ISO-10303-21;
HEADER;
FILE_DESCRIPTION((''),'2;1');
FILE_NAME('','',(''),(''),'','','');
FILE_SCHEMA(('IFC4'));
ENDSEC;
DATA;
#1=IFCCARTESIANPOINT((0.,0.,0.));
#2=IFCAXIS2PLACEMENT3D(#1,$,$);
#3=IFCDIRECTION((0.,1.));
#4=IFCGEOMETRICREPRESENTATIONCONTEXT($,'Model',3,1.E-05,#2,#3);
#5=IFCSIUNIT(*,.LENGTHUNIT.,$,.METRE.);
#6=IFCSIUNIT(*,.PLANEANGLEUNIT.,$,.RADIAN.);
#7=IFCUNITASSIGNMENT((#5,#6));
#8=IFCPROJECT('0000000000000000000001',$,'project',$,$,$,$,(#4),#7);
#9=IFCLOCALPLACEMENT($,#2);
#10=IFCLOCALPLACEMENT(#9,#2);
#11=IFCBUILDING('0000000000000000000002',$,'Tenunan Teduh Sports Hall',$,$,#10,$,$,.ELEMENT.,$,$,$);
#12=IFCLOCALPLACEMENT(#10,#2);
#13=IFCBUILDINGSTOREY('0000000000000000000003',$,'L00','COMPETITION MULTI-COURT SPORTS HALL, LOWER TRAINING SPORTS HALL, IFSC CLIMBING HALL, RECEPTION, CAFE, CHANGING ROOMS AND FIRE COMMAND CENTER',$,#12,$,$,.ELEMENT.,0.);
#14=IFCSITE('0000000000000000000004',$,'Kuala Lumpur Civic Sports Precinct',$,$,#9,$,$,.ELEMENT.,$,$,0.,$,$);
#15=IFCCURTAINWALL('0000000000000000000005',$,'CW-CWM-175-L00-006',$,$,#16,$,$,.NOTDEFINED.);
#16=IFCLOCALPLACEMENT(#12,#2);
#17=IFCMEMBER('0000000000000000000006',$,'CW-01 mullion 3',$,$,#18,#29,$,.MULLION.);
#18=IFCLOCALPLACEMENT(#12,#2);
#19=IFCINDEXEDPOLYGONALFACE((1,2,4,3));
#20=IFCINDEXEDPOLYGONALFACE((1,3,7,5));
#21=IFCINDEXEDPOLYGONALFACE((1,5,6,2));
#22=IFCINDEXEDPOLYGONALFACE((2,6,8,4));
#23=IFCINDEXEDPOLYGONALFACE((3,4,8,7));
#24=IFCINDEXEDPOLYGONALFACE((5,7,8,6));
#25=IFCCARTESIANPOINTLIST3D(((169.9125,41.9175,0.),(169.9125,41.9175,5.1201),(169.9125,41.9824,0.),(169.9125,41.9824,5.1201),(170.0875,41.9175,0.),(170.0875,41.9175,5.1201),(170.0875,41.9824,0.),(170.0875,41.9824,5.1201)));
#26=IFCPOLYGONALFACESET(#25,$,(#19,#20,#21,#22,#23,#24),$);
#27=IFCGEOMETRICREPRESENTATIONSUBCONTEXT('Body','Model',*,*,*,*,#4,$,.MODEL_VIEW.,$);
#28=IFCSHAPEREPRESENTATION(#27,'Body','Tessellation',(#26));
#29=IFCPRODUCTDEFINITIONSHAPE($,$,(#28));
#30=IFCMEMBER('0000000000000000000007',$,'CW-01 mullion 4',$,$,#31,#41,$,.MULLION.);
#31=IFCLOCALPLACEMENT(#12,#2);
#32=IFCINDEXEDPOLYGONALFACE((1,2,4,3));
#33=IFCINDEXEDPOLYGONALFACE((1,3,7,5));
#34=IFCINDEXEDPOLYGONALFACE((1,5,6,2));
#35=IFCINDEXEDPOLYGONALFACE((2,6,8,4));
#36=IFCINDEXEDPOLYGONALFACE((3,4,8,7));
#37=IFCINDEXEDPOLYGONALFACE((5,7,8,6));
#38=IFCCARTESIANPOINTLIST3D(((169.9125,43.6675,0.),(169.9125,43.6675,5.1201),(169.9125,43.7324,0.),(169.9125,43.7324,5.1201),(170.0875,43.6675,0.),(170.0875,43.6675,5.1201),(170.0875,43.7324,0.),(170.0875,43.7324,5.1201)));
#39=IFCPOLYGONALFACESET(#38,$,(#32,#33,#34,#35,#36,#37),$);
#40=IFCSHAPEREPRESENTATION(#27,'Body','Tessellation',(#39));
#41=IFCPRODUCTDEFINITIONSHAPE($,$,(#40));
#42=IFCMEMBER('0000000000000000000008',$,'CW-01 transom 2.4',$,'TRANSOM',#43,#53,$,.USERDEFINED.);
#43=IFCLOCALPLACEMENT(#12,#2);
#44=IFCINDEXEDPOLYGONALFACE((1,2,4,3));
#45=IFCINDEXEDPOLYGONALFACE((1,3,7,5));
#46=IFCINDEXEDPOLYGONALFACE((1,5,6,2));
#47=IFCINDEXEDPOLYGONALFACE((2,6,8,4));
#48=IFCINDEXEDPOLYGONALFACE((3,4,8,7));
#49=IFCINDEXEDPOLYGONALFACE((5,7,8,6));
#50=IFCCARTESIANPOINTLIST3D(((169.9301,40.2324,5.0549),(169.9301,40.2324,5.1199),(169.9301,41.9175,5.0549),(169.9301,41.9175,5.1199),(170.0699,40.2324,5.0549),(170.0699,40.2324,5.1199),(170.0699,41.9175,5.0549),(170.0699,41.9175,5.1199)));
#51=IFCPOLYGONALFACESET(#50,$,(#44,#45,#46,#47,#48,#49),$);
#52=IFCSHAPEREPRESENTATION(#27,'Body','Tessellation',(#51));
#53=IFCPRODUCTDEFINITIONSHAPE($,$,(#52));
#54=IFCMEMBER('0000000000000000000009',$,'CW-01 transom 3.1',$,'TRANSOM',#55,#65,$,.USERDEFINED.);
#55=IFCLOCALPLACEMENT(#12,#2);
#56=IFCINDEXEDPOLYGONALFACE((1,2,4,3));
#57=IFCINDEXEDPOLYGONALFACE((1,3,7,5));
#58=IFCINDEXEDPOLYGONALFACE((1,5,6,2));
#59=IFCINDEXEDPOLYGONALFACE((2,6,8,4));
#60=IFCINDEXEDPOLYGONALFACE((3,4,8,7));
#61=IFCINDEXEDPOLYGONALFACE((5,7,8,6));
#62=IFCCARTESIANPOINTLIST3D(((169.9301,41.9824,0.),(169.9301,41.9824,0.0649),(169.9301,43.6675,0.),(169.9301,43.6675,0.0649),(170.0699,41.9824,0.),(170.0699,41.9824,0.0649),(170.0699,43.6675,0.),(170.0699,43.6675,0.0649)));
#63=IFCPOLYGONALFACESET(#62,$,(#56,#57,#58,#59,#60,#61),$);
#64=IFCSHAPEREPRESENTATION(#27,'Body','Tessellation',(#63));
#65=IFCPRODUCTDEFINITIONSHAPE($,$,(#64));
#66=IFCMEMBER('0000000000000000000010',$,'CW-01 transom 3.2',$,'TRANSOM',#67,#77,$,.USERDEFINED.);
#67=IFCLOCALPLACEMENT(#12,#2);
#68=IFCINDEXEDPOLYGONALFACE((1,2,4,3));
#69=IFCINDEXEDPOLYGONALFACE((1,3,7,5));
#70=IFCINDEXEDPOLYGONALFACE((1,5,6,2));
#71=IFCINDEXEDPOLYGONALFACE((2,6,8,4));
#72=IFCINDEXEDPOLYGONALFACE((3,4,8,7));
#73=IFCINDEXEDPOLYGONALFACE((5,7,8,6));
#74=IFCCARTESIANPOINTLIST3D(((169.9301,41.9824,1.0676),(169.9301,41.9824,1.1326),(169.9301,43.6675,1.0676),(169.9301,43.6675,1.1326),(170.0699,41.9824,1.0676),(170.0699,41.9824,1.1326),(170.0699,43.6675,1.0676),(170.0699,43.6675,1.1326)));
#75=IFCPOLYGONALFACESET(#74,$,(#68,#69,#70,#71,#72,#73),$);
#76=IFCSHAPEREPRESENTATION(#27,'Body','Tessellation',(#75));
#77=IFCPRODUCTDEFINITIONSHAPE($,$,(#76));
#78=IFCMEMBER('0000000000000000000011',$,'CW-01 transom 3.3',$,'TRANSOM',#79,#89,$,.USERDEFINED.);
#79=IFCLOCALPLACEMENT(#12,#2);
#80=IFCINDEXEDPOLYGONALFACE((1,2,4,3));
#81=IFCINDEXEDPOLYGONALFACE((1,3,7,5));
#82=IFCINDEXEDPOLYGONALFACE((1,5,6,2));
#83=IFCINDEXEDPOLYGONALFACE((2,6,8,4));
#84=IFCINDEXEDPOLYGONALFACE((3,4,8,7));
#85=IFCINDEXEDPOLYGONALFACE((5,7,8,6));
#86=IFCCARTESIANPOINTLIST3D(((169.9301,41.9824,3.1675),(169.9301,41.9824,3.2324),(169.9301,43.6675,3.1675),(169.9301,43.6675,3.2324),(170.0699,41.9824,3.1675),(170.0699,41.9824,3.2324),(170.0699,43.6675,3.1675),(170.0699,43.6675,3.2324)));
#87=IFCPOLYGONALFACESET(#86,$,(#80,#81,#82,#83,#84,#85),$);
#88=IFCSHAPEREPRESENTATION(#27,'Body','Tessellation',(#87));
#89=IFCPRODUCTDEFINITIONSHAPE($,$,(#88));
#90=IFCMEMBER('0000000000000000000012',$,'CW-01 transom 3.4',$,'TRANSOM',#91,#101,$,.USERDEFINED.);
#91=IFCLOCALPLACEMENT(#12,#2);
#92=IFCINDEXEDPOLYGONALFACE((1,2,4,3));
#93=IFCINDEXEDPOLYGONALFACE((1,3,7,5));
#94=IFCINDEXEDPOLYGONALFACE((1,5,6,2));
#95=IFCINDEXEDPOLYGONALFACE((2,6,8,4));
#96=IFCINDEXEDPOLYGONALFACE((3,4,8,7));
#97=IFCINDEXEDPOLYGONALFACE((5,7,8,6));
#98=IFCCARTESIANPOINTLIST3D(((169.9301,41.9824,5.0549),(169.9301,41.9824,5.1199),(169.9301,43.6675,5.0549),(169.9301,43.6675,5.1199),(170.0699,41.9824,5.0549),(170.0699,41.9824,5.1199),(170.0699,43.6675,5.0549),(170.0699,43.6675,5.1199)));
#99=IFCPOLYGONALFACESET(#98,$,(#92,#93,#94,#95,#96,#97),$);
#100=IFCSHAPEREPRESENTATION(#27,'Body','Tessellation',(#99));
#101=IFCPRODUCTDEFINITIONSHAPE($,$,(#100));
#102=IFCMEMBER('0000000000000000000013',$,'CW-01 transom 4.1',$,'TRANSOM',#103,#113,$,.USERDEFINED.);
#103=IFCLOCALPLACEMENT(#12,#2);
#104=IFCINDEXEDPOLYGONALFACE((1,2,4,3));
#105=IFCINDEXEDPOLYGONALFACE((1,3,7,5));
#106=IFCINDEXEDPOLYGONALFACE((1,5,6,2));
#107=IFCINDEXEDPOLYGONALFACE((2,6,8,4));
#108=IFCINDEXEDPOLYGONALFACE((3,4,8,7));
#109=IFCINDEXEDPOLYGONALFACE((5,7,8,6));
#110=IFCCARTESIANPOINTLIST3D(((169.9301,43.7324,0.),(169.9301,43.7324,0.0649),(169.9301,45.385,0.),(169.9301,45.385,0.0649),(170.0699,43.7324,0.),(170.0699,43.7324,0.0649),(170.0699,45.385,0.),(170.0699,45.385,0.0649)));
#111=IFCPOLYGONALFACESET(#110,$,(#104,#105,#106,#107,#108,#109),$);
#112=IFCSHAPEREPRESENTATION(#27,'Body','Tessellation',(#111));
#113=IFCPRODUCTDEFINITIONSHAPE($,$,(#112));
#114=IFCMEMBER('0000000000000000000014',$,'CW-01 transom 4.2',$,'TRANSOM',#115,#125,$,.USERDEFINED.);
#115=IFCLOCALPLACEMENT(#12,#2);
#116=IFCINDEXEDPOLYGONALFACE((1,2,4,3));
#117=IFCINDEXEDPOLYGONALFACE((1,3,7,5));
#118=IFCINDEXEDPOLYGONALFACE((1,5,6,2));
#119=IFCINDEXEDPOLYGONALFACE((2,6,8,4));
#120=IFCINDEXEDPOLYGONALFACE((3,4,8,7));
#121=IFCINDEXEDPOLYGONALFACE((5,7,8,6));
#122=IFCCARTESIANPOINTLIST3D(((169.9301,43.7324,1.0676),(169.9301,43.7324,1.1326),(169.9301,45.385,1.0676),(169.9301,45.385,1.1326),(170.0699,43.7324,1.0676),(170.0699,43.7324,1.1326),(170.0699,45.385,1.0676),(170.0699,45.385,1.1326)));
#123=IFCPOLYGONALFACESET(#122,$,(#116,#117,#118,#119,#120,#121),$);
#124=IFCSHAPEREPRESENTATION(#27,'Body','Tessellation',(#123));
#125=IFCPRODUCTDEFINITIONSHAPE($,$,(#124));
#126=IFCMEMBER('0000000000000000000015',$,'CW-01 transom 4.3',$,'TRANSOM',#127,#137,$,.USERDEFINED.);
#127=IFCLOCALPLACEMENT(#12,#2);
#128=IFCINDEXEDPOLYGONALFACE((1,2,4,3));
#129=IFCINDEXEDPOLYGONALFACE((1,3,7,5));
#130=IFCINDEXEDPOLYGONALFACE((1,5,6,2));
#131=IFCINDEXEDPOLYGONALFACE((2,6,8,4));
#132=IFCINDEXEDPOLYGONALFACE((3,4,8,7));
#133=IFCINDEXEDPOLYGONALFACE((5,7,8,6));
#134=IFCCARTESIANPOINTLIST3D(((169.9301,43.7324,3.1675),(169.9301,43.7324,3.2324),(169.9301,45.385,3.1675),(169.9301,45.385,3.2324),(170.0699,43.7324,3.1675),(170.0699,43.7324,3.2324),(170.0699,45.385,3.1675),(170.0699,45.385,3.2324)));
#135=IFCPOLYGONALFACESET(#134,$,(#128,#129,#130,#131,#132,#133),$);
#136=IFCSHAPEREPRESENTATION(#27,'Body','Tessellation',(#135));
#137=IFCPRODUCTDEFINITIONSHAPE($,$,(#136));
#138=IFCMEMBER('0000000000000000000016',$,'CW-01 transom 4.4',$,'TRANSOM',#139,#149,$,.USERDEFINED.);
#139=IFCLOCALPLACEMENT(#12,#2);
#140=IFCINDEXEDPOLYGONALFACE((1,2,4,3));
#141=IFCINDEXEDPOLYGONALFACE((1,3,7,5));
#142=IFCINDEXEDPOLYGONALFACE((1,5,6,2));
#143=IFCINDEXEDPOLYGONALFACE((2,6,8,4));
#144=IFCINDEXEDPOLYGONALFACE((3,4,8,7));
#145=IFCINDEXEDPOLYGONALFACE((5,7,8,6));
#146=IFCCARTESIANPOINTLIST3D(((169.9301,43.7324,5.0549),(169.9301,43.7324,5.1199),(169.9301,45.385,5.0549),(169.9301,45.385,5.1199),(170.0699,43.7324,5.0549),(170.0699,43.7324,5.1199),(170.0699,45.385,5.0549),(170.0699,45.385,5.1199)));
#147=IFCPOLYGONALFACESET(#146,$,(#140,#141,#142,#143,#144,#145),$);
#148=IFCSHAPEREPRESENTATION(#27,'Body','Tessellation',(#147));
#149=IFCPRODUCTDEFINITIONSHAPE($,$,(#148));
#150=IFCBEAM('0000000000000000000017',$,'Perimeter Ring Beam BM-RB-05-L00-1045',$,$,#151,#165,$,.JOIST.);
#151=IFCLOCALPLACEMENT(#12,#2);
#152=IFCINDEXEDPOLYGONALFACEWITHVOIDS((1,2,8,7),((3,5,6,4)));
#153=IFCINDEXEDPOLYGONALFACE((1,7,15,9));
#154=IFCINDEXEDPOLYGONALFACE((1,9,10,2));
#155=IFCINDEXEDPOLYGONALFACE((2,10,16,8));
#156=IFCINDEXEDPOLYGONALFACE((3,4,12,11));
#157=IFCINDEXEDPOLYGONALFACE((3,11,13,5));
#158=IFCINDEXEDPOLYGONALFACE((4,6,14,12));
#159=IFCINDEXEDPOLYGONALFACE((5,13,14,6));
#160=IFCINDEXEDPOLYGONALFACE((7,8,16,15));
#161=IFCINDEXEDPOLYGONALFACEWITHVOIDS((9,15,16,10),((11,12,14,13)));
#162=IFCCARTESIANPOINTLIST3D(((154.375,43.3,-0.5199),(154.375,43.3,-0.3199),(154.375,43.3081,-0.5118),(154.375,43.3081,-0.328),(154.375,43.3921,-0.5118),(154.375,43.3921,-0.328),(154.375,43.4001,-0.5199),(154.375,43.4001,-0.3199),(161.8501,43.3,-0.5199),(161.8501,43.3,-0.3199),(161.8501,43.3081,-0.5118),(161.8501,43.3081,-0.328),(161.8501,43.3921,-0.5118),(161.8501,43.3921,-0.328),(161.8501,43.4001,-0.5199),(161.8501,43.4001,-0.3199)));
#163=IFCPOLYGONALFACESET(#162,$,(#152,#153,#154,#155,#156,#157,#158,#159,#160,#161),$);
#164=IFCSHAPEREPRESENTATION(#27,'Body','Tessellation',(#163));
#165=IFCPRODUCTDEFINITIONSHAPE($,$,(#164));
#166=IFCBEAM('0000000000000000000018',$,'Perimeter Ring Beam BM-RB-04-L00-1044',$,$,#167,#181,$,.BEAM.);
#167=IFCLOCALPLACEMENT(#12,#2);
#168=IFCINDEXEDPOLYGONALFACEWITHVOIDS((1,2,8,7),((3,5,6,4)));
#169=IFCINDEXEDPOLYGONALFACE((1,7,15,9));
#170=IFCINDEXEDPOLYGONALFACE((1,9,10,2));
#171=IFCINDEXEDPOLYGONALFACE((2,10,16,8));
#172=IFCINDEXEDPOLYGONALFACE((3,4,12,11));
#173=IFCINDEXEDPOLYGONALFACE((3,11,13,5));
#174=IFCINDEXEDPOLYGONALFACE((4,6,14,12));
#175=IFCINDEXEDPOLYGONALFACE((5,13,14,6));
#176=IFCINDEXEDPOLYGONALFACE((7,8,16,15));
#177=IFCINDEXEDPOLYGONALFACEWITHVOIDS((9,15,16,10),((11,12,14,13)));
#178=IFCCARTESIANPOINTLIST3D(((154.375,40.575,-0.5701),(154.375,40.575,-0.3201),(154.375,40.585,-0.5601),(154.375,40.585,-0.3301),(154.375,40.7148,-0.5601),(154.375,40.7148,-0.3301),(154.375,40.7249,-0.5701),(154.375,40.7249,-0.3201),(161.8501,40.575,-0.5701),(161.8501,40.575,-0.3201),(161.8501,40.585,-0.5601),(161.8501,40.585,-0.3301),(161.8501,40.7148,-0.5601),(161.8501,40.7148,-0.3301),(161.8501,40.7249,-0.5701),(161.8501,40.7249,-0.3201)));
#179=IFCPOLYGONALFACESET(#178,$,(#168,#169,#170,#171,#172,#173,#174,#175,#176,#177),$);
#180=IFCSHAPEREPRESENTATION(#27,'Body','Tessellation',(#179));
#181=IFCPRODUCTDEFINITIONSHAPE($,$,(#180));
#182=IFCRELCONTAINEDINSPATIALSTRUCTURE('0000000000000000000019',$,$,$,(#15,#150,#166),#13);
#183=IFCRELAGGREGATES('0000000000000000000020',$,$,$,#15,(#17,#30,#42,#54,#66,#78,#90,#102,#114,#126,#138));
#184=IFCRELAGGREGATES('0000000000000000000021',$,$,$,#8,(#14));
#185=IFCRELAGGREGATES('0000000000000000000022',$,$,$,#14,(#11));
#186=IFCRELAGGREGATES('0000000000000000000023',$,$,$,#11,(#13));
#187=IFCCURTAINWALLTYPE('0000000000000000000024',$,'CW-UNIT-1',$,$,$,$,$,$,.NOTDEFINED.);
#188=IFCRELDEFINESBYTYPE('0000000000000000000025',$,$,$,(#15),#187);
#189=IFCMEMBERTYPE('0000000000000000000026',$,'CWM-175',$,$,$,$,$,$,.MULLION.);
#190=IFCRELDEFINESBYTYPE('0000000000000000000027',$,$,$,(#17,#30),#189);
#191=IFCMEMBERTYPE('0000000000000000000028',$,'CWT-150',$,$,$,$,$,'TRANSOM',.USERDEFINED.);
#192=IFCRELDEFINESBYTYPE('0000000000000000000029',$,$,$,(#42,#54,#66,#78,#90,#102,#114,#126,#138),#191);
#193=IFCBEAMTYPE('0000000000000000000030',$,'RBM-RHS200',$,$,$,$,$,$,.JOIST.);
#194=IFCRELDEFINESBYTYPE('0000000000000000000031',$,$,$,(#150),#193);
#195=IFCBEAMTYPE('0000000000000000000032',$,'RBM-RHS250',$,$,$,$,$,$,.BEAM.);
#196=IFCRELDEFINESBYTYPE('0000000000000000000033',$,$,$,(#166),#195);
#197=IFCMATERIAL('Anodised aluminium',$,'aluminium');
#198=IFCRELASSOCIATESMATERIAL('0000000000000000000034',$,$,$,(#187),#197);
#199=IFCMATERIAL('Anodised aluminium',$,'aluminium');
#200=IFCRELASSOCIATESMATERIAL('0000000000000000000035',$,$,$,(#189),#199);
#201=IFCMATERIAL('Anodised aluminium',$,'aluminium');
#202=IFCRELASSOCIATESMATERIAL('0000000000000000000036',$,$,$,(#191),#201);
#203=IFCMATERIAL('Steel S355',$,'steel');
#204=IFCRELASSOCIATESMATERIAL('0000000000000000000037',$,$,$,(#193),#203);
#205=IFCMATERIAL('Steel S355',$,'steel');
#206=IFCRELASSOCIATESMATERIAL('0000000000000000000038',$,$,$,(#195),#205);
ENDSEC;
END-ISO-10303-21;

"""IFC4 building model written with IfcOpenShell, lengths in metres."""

from ifc_helpers import new_model, si_unit, direction, frame, origin, origin_2d, place, context, subcontext, project, spatial, rectangle, hollow_rectangle, extrude, material, material_profile, profile_set, type_object, element, aggregate, save


model = new_model("IFC4")

# Units and contexts
model_context = context("Model", 3, precision=1e-05, world=origin(), true_north=direction((0.0, 1.0)))
body_context = subcontext(model_context, "Body", "Model", "MODEL_VIEW")
ifc_project = project(units=[si_unit("LENGTHUNIT", "METRE"), si_unit("PLANEANGLEUNIT", "RADIAN")], contexts=[model_context])

# Site, building, storey
site_placement = place(None, origin())
site = spatial("IfcSite", under=ifc_project, at=site_placement, Name="Kuala Lumpur Civic Sports Precinct", CompositionType="ELEMENT", RefElevation=0.0)
building_placement = place(site_placement, origin())
building = spatial("IfcBuilding", under=site, at=building_placement, Name="Tenunan Teduh Sports Hall", CompositionType="ELEMENT")
storey_placement = place(building_placement, origin())
storey = spatial("IfcBuildingStorey", under=building, at=storey_placement, Name="L00", Description="COMPETITION MULTI-COURT SPORTS HALL, LOWER TRAINING SPORTS HALL, IFSC CLIMBING HALL, RECEPTION, CAFE, CHANGING ROOMS AND FIRE COMMAND CENTER", CompositionType="ELEMENT", Elevation=0.0)

# Curtain wall, members
ifc_material_1 = material(Name="Anodised aluminium", Category="aluminium")
curtain_wall_type = type_object("IfcCurtainWallType", Name="CW-UNIT-1", PredefinedType="NOTDEFINED", material=ifc_material_1)
curtain_wall_placement = place(storey_placement, origin())
curtain_wall = element("IfcCurtainWall", 1, at=curtain_wall_placement, inside=storey, type_object=curtain_wall_type, Name="CW-CWM-175-L00-006", PredefinedType="NOTDEFINED")
ifc_material_2 = material(Name="Anodised aluminium", Category="aluminium")
ifc_material_profile_1 = material_profile(ifc_material_2, rectangle(XDim=0.0649, YDim=0.175, at=origin_2d()), Name="CWM 65x175")
ifc_profile_set_1 = profile_set([ifc_material_profile_1], Name="Anodised aluminium")
member_type_1 = type_object("IfcMemberType", Name="CWM-175", PredefinedType="MULLION", material=ifc_profile_set_1)
member_1_placement = place(storey_placement, frame((170.0, 41.95, 0.0), z_axis=(0.0, 0.0, 1.0), x_axis=(0.0, 1.0, 0.0)))
member_1 = element("IfcMember", 2, at=member_1_placement, type_object=member_type_1, Name="CW-01 mullion 3", PredefinedType="MULLION", context=body_context, shape_type="SweptSolid", body=[
    extrude(rectangle(XDim=0.0649, YDim=0.175, at=origin_2d()), origin(), (0.0, 0.0, 1.0), 5.1201),
])
member_2_placement = place(storey_placement, frame((170.0, 43.7, 0.0), z_axis=(0.0, 0.0, 1.0), x_axis=(0.0, 1.0, 0.0)))
member_2 = element("IfcMember", 3, at=member_2_placement, type_object=member_type_1, Name="CW-01 mullion 4", PredefinedType="MULLION", context=body_context, shape_type="SweptSolid", body=[
    extrude(rectangle(XDim=0.0649, YDim=0.175, at=origin_2d()), origin(), (0.0, 0.0, 1.0), 5.1201),
])
ifc_material_3 = material(Name="Anodised aluminium", Category="aluminium")
ifc_material_profile_2 = material_profile(ifc_material_3, rectangle(XDim=0.0649, YDim=0.1399, at=origin_2d()), Name="CWT 65x140")
ifc_profile_set_2 = profile_set([ifc_material_profile_2], Name="Anodised aluminium")
member_type_2 = type_object("IfcMemberType", Name="CWT-150", ElementType="TRANSOM", PredefinedType="USERDEFINED", material=ifc_profile_set_2)
member_3_placement = place(storey_placement, frame((170.0, 40.2324, 5.0874), z_axis=(0.0, 1.0, 0.0), x_axis=(0.0, 0.0, 1.0)))
member_3 = element("IfcMember", 4, at=member_3_placement, type_object=member_type_2, Name="CW-01 transom 2.4", ObjectType="TRANSOM", PredefinedType="USERDEFINED", context=body_context, shape_type="SweptSolid", body=[
    extrude(rectangle(XDim=0.0649, YDim=0.1399, at=origin_2d()), origin(), (0.0, 0.0, 1.0), 1.6851),
])
member_4_placement = place(storey_placement, frame((170.0, 41.9824, 0.0325), z_axis=(0.0, 1.0, 0.0), x_axis=(0.0, 0.0, 1.0)))
member_4 = element("IfcMember", 5, at=member_4_placement, type_object=member_type_2, Name="CW-01 transom 3.1", ObjectType="TRANSOM", PredefinedType="USERDEFINED", context=body_context, shape_type="SweptSolid", body=[
    extrude(rectangle(XDim=0.0649, YDim=0.1399, at=origin_2d()), origin(), (0.0, 0.0, 1.0), 1.6851),
])
member_5_placement = place(storey_placement, frame((170.0, 41.9824, 1.1001), z_axis=(0.0, 1.0, 0.0), x_axis=(0.0, 0.0, 1.0)))
member_5 = element("IfcMember", 6, at=member_5_placement, type_object=member_type_2, Name="CW-01 transom 3.2", ObjectType="TRANSOM", PredefinedType="USERDEFINED", context=body_context, shape_type="SweptSolid", body=[
    extrude(rectangle(XDim=0.0649, YDim=0.1399, at=origin_2d()), origin(), (0.0, 0.0, 1.0), 1.6851),
])
member_6_placement = place(storey_placement, frame((170.0, 41.9824, 3.2), z_axis=(0.0, 1.0, 0.0), x_axis=(0.0, 0.0, 1.0)))
member_6 = element("IfcMember", 7, at=member_6_placement, type_object=member_type_2, Name="CW-01 transom 3.3", ObjectType="TRANSOM", PredefinedType="USERDEFINED", context=body_context, shape_type="SweptSolid", body=[
    extrude(rectangle(XDim=0.0649, YDim=0.1399, at=origin_2d()), origin(), (0.0, 0.0, 1.0), 1.6851),
])
member_7_placement = place(storey_placement, frame((170.0, 41.9824, 5.0874), z_axis=(0.0, 1.0, 0.0), x_axis=(0.0, 0.0, 1.0)))
member_7 = element("IfcMember", 8, at=member_7_placement, type_object=member_type_2, Name="CW-01 transom 3.4", ObjectType="TRANSOM", PredefinedType="USERDEFINED", context=body_context, shape_type="SweptSolid", body=[
    extrude(rectangle(XDim=0.0649, YDim=0.1399, at=origin_2d()), origin(), (0.0, 0.0, 1.0), 1.6851),
])
member_8_placement = place(storey_placement, frame((170.0, 43.7324, 0.0325), z_axis=(0.0, 1.0, 0.0), x_axis=(0.0, 0.0, 1.0)))
member_8 = element("IfcMember", 9, at=member_8_placement, type_object=member_type_2, Name="CW-01 transom 4.1", ObjectType="TRANSOM", PredefinedType="USERDEFINED", context=body_context, shape_type="SweptSolid", body=[
    extrude(rectangle(XDim=0.0649, YDim=0.1399, at=origin_2d()), origin(), (0.0, 0.0, 1.0), 1.6526),
])
member_9_placement = place(storey_placement, frame((170.0, 43.7324, 1.1001), z_axis=(0.0, 1.0, 0.0), x_axis=(0.0, 0.0, 1.0)))
member_9 = element("IfcMember", 10, at=member_9_placement, type_object=member_type_2, Name="CW-01 transom 4.2", ObjectType="TRANSOM", PredefinedType="USERDEFINED", context=body_context, shape_type="SweptSolid", body=[
    extrude(rectangle(XDim=0.0649, YDim=0.1399, at=origin_2d()), origin(), (0.0, 0.0, 1.0), 1.6526),
])
member_10_placement = place(storey_placement, frame((170.0, 43.7324, 3.2), z_axis=(0.0, 1.0, 0.0), x_axis=(0.0, 0.0, 1.0)))
member_10 = element("IfcMember", 11, at=member_10_placement, type_object=member_type_2, Name="CW-01 transom 4.3", ObjectType="TRANSOM", PredefinedType="USERDEFINED", context=body_context, shape_type="SweptSolid", body=[
    extrude(rectangle(XDim=0.0649, YDim=0.1399, at=origin_2d()), origin(), (0.0, 0.0, 1.0), 1.6526),
])
member_11_placement = place(storey_placement, frame((170.0, 43.7324, 5.0874), z_axis=(0.0, 1.0, 0.0), x_axis=(0.0, 0.0, 1.0)))
member_11 = element("IfcMember", 12, at=member_11_placement, type_object=member_type_2, Name="CW-01 transom 4.4", ObjectType="TRANSOM", PredefinedType="USERDEFINED", context=body_context, shape_type="SweptSolid", body=[
    extrude(rectangle(XDim=0.0649, YDim=0.1399, at=origin_2d()), origin(), (0.0, 0.0, 1.0), 1.6526),
])

# Beams
ifc_material_4 = material(Name="Steel S355", Category="steel")
ifc_material_profile_3 = material_profile(ifc_material_4, hollow_rectangle(XDim=0.1001, YDim=0.2, WallThickness=0.0081, at=origin_2d()), Name="RHS 200x100x8.0")
ifc_profile_set_3 = profile_set([ifc_material_profile_3], Name="Steel S355")
beam_type_1 = type_object("IfcBeamType", Name="RBM-RHS200", PredefinedType="JOIST", material=ifc_profile_set_3)
beam_1_placement = place(storey_placement, frame((154.375, 43.3501, -0.4199), z_axis=(1.0, 0.0, 0.0), x_axis=(0.0, 1.0, 0.0)))
element("IfcBeam", 13, at=beam_1_placement, inside=storey, type_object=beam_type_1, Name="Perimeter Ring Beam BM-RB-05-L00-1045", PredefinedType="JOIST", context=body_context, shape_type="SweptSolid", body=[
    extrude(hollow_rectangle(XDim=0.1001, YDim=0.2, WallThickness=0.0081, at=origin_2d()), origin(), (0.0, 0.0, 1.0), 7.4751),
])
ifc_material_5 = material(Name="Steel S355", Category="steel")
ifc_material_profile_4 = material_profile(ifc_material_5, hollow_rectangle(XDim=0.1499, YDim=0.25, WallThickness=0.01, at=origin_2d()), Name="RHS 250x150x10.0")
ifc_profile_set_4 = profile_set([ifc_material_profile_4], Name="Steel S355")
beam_type_2 = type_object("IfcBeamType", Name="RBM-RHS250", PredefinedType="BEAM", material=ifc_profile_set_4)
beam_2_placement = place(storey_placement, frame((154.375, 40.6499, -0.4451), z_axis=(1.0, 0.0, 0.0), x_axis=(0.0, 1.0, 0.0)))
element("IfcBeam", 14, at=beam_2_placement, inside=storey, type_object=beam_type_2, Name="Perimeter Ring Beam BM-RB-04-L00-1044", PredefinedType="BEAM", context=body_context, shape_type="SweptSolid", body=[
    extrude(hollow_rectangle(XDim=0.1499, YDim=0.25, WallThickness=0.01, at=origin_2d()), origin(), (0.0, 0.0, 1.0), 7.4751),
])

aggregate(curtain_wall, [member_1, member_2, member_3, member_4, member_5, member_6, member_7, member_8, member_9, member_10, member_11])

save(model, "model.ifc")
